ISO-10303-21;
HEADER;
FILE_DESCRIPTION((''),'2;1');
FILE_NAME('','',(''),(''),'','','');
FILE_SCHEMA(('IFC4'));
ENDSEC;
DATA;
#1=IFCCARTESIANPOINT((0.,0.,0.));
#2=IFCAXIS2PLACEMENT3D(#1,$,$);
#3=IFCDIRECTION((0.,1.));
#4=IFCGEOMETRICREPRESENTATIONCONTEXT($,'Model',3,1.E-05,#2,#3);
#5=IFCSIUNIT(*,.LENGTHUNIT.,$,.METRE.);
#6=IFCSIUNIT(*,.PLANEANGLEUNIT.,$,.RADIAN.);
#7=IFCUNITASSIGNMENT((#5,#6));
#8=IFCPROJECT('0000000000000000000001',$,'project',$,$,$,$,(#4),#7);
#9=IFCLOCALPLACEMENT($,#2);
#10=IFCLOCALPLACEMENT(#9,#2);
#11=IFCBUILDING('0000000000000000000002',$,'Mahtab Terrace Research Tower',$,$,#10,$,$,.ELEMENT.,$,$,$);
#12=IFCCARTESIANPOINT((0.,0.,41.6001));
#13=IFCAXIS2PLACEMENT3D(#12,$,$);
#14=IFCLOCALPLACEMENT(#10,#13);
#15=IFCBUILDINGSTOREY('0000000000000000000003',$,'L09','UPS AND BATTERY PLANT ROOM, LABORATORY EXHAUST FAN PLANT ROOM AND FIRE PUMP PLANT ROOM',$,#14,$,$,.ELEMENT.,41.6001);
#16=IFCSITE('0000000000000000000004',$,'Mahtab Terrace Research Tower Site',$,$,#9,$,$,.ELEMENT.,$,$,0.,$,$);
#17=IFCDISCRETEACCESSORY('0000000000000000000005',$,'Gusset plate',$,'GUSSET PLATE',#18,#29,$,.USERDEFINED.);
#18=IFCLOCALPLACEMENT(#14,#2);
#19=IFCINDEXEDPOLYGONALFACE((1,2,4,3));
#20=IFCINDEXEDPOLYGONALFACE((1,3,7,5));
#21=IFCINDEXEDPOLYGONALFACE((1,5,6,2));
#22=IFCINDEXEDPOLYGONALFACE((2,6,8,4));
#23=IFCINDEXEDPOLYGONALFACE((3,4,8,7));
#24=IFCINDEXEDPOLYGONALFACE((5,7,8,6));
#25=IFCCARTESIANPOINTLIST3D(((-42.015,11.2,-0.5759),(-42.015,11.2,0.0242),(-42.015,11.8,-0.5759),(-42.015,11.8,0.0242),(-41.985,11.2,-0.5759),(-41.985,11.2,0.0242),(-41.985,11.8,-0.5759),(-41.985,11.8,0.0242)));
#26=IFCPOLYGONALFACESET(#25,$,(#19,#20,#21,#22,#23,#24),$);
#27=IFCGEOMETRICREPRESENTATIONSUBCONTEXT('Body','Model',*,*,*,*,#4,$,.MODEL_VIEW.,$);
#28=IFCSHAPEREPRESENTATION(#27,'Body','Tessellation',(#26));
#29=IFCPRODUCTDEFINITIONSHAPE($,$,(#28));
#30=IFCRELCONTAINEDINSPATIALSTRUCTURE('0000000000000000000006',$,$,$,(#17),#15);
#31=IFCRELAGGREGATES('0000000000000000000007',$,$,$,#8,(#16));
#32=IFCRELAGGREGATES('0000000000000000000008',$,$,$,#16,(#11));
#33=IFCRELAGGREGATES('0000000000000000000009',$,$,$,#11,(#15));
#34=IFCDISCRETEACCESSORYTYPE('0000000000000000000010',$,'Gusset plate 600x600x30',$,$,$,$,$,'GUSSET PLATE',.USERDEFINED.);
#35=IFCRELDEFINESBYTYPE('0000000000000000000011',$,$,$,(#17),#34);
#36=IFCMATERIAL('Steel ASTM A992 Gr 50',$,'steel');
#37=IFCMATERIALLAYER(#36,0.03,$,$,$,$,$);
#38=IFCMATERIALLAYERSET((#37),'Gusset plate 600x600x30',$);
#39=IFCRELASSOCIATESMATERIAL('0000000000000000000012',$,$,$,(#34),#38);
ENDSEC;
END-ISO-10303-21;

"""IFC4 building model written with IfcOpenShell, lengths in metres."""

from ifc_helpers import new_model, si_unit, direction, frame, origin, origin_2d, place, context, subcontext, project, spatial, rectangle, extrude, material, layer, layer_set, type_object, element, save


model = new_model("IFC4")

# Units and contexts
model_context = context("Model", 3, precision=1e-05, world=origin(), true_north=direction((0.0, 1.0)))
body_context = subcontext(model_context, "Body", "Model", "MODEL_VIEW")
ifc_project = project(units=[si_unit("LENGTHUNIT", "METRE"), si_unit("PLANEANGLEUNIT", "RADIAN")], contexts=[model_context])

# Site, building, storey
site_placement = place(None, origin())
site = spatial("IfcSite", under=ifc_project, at=site_placement, Name="Mahtab Terrace Research Tower Site", CompositionType="ELEMENT", RefElevation=0.0)
building_placement = place(site_placement, origin())
building = spatial("IfcBuilding", under=site, at=building_placement, Name="Mahtab Terrace Research Tower", CompositionType="ELEMENT")
storey_placement = place(building_placement, frame((0.0, 0.0, 41.6001)))
storey = spatial("IfcBuildingStorey", under=building, at=storey_placement, Name="L09", Description="UPS AND BATTERY PLANT ROOM, LABORATORY EXHAUST FAN PLANT ROOM AND FIRE PUMP PLANT ROOM", CompositionType="ELEMENT", Elevation=41.6001)

# Shared definitions
ifc_material_1 = material(Name="Steel ASTM A992 Gr 50", Category="steel")

# Discrete accessory
ifc_layer = layer(ifc_material_1, 0.03)
ifc_layer_set = layer_set([ifc_layer], Name="Gusset plate 600x600x30")
discrete_accessory_type = type_object("IfcDiscreteAccessoryType", Name="Gusset plate 600x600x30", ElementType="GUSSET PLATE", PredefinedType="USERDEFINED", material=ifc_layer_set)
for number, where, z_axis, x_axis, name in (
    (1, (-42.0, 11.5, -0.5759), (0.0, 0.0, 1.0), (0.0, 1.0, 0.0), "Gusset plate"),
):
    element("IfcDiscreteAccessory", number, at=place(storey_placement, frame(where, z_axis=z_axis, x_axis=x_axis)), inside=storey, type_object=discrete_accessory_type, Name=name, ObjectType="GUSSET PLATE", PredefinedType="USERDEFINED", context=body_context, shape_type="SweptSolid", body=[
        extrude(rectangle(XDim=0.6001, YDim=0.03, at=origin_2d()), origin(), (0.0, 0.0, 1.0), 0.6001),
    ])

save(model, "model.ifc")
